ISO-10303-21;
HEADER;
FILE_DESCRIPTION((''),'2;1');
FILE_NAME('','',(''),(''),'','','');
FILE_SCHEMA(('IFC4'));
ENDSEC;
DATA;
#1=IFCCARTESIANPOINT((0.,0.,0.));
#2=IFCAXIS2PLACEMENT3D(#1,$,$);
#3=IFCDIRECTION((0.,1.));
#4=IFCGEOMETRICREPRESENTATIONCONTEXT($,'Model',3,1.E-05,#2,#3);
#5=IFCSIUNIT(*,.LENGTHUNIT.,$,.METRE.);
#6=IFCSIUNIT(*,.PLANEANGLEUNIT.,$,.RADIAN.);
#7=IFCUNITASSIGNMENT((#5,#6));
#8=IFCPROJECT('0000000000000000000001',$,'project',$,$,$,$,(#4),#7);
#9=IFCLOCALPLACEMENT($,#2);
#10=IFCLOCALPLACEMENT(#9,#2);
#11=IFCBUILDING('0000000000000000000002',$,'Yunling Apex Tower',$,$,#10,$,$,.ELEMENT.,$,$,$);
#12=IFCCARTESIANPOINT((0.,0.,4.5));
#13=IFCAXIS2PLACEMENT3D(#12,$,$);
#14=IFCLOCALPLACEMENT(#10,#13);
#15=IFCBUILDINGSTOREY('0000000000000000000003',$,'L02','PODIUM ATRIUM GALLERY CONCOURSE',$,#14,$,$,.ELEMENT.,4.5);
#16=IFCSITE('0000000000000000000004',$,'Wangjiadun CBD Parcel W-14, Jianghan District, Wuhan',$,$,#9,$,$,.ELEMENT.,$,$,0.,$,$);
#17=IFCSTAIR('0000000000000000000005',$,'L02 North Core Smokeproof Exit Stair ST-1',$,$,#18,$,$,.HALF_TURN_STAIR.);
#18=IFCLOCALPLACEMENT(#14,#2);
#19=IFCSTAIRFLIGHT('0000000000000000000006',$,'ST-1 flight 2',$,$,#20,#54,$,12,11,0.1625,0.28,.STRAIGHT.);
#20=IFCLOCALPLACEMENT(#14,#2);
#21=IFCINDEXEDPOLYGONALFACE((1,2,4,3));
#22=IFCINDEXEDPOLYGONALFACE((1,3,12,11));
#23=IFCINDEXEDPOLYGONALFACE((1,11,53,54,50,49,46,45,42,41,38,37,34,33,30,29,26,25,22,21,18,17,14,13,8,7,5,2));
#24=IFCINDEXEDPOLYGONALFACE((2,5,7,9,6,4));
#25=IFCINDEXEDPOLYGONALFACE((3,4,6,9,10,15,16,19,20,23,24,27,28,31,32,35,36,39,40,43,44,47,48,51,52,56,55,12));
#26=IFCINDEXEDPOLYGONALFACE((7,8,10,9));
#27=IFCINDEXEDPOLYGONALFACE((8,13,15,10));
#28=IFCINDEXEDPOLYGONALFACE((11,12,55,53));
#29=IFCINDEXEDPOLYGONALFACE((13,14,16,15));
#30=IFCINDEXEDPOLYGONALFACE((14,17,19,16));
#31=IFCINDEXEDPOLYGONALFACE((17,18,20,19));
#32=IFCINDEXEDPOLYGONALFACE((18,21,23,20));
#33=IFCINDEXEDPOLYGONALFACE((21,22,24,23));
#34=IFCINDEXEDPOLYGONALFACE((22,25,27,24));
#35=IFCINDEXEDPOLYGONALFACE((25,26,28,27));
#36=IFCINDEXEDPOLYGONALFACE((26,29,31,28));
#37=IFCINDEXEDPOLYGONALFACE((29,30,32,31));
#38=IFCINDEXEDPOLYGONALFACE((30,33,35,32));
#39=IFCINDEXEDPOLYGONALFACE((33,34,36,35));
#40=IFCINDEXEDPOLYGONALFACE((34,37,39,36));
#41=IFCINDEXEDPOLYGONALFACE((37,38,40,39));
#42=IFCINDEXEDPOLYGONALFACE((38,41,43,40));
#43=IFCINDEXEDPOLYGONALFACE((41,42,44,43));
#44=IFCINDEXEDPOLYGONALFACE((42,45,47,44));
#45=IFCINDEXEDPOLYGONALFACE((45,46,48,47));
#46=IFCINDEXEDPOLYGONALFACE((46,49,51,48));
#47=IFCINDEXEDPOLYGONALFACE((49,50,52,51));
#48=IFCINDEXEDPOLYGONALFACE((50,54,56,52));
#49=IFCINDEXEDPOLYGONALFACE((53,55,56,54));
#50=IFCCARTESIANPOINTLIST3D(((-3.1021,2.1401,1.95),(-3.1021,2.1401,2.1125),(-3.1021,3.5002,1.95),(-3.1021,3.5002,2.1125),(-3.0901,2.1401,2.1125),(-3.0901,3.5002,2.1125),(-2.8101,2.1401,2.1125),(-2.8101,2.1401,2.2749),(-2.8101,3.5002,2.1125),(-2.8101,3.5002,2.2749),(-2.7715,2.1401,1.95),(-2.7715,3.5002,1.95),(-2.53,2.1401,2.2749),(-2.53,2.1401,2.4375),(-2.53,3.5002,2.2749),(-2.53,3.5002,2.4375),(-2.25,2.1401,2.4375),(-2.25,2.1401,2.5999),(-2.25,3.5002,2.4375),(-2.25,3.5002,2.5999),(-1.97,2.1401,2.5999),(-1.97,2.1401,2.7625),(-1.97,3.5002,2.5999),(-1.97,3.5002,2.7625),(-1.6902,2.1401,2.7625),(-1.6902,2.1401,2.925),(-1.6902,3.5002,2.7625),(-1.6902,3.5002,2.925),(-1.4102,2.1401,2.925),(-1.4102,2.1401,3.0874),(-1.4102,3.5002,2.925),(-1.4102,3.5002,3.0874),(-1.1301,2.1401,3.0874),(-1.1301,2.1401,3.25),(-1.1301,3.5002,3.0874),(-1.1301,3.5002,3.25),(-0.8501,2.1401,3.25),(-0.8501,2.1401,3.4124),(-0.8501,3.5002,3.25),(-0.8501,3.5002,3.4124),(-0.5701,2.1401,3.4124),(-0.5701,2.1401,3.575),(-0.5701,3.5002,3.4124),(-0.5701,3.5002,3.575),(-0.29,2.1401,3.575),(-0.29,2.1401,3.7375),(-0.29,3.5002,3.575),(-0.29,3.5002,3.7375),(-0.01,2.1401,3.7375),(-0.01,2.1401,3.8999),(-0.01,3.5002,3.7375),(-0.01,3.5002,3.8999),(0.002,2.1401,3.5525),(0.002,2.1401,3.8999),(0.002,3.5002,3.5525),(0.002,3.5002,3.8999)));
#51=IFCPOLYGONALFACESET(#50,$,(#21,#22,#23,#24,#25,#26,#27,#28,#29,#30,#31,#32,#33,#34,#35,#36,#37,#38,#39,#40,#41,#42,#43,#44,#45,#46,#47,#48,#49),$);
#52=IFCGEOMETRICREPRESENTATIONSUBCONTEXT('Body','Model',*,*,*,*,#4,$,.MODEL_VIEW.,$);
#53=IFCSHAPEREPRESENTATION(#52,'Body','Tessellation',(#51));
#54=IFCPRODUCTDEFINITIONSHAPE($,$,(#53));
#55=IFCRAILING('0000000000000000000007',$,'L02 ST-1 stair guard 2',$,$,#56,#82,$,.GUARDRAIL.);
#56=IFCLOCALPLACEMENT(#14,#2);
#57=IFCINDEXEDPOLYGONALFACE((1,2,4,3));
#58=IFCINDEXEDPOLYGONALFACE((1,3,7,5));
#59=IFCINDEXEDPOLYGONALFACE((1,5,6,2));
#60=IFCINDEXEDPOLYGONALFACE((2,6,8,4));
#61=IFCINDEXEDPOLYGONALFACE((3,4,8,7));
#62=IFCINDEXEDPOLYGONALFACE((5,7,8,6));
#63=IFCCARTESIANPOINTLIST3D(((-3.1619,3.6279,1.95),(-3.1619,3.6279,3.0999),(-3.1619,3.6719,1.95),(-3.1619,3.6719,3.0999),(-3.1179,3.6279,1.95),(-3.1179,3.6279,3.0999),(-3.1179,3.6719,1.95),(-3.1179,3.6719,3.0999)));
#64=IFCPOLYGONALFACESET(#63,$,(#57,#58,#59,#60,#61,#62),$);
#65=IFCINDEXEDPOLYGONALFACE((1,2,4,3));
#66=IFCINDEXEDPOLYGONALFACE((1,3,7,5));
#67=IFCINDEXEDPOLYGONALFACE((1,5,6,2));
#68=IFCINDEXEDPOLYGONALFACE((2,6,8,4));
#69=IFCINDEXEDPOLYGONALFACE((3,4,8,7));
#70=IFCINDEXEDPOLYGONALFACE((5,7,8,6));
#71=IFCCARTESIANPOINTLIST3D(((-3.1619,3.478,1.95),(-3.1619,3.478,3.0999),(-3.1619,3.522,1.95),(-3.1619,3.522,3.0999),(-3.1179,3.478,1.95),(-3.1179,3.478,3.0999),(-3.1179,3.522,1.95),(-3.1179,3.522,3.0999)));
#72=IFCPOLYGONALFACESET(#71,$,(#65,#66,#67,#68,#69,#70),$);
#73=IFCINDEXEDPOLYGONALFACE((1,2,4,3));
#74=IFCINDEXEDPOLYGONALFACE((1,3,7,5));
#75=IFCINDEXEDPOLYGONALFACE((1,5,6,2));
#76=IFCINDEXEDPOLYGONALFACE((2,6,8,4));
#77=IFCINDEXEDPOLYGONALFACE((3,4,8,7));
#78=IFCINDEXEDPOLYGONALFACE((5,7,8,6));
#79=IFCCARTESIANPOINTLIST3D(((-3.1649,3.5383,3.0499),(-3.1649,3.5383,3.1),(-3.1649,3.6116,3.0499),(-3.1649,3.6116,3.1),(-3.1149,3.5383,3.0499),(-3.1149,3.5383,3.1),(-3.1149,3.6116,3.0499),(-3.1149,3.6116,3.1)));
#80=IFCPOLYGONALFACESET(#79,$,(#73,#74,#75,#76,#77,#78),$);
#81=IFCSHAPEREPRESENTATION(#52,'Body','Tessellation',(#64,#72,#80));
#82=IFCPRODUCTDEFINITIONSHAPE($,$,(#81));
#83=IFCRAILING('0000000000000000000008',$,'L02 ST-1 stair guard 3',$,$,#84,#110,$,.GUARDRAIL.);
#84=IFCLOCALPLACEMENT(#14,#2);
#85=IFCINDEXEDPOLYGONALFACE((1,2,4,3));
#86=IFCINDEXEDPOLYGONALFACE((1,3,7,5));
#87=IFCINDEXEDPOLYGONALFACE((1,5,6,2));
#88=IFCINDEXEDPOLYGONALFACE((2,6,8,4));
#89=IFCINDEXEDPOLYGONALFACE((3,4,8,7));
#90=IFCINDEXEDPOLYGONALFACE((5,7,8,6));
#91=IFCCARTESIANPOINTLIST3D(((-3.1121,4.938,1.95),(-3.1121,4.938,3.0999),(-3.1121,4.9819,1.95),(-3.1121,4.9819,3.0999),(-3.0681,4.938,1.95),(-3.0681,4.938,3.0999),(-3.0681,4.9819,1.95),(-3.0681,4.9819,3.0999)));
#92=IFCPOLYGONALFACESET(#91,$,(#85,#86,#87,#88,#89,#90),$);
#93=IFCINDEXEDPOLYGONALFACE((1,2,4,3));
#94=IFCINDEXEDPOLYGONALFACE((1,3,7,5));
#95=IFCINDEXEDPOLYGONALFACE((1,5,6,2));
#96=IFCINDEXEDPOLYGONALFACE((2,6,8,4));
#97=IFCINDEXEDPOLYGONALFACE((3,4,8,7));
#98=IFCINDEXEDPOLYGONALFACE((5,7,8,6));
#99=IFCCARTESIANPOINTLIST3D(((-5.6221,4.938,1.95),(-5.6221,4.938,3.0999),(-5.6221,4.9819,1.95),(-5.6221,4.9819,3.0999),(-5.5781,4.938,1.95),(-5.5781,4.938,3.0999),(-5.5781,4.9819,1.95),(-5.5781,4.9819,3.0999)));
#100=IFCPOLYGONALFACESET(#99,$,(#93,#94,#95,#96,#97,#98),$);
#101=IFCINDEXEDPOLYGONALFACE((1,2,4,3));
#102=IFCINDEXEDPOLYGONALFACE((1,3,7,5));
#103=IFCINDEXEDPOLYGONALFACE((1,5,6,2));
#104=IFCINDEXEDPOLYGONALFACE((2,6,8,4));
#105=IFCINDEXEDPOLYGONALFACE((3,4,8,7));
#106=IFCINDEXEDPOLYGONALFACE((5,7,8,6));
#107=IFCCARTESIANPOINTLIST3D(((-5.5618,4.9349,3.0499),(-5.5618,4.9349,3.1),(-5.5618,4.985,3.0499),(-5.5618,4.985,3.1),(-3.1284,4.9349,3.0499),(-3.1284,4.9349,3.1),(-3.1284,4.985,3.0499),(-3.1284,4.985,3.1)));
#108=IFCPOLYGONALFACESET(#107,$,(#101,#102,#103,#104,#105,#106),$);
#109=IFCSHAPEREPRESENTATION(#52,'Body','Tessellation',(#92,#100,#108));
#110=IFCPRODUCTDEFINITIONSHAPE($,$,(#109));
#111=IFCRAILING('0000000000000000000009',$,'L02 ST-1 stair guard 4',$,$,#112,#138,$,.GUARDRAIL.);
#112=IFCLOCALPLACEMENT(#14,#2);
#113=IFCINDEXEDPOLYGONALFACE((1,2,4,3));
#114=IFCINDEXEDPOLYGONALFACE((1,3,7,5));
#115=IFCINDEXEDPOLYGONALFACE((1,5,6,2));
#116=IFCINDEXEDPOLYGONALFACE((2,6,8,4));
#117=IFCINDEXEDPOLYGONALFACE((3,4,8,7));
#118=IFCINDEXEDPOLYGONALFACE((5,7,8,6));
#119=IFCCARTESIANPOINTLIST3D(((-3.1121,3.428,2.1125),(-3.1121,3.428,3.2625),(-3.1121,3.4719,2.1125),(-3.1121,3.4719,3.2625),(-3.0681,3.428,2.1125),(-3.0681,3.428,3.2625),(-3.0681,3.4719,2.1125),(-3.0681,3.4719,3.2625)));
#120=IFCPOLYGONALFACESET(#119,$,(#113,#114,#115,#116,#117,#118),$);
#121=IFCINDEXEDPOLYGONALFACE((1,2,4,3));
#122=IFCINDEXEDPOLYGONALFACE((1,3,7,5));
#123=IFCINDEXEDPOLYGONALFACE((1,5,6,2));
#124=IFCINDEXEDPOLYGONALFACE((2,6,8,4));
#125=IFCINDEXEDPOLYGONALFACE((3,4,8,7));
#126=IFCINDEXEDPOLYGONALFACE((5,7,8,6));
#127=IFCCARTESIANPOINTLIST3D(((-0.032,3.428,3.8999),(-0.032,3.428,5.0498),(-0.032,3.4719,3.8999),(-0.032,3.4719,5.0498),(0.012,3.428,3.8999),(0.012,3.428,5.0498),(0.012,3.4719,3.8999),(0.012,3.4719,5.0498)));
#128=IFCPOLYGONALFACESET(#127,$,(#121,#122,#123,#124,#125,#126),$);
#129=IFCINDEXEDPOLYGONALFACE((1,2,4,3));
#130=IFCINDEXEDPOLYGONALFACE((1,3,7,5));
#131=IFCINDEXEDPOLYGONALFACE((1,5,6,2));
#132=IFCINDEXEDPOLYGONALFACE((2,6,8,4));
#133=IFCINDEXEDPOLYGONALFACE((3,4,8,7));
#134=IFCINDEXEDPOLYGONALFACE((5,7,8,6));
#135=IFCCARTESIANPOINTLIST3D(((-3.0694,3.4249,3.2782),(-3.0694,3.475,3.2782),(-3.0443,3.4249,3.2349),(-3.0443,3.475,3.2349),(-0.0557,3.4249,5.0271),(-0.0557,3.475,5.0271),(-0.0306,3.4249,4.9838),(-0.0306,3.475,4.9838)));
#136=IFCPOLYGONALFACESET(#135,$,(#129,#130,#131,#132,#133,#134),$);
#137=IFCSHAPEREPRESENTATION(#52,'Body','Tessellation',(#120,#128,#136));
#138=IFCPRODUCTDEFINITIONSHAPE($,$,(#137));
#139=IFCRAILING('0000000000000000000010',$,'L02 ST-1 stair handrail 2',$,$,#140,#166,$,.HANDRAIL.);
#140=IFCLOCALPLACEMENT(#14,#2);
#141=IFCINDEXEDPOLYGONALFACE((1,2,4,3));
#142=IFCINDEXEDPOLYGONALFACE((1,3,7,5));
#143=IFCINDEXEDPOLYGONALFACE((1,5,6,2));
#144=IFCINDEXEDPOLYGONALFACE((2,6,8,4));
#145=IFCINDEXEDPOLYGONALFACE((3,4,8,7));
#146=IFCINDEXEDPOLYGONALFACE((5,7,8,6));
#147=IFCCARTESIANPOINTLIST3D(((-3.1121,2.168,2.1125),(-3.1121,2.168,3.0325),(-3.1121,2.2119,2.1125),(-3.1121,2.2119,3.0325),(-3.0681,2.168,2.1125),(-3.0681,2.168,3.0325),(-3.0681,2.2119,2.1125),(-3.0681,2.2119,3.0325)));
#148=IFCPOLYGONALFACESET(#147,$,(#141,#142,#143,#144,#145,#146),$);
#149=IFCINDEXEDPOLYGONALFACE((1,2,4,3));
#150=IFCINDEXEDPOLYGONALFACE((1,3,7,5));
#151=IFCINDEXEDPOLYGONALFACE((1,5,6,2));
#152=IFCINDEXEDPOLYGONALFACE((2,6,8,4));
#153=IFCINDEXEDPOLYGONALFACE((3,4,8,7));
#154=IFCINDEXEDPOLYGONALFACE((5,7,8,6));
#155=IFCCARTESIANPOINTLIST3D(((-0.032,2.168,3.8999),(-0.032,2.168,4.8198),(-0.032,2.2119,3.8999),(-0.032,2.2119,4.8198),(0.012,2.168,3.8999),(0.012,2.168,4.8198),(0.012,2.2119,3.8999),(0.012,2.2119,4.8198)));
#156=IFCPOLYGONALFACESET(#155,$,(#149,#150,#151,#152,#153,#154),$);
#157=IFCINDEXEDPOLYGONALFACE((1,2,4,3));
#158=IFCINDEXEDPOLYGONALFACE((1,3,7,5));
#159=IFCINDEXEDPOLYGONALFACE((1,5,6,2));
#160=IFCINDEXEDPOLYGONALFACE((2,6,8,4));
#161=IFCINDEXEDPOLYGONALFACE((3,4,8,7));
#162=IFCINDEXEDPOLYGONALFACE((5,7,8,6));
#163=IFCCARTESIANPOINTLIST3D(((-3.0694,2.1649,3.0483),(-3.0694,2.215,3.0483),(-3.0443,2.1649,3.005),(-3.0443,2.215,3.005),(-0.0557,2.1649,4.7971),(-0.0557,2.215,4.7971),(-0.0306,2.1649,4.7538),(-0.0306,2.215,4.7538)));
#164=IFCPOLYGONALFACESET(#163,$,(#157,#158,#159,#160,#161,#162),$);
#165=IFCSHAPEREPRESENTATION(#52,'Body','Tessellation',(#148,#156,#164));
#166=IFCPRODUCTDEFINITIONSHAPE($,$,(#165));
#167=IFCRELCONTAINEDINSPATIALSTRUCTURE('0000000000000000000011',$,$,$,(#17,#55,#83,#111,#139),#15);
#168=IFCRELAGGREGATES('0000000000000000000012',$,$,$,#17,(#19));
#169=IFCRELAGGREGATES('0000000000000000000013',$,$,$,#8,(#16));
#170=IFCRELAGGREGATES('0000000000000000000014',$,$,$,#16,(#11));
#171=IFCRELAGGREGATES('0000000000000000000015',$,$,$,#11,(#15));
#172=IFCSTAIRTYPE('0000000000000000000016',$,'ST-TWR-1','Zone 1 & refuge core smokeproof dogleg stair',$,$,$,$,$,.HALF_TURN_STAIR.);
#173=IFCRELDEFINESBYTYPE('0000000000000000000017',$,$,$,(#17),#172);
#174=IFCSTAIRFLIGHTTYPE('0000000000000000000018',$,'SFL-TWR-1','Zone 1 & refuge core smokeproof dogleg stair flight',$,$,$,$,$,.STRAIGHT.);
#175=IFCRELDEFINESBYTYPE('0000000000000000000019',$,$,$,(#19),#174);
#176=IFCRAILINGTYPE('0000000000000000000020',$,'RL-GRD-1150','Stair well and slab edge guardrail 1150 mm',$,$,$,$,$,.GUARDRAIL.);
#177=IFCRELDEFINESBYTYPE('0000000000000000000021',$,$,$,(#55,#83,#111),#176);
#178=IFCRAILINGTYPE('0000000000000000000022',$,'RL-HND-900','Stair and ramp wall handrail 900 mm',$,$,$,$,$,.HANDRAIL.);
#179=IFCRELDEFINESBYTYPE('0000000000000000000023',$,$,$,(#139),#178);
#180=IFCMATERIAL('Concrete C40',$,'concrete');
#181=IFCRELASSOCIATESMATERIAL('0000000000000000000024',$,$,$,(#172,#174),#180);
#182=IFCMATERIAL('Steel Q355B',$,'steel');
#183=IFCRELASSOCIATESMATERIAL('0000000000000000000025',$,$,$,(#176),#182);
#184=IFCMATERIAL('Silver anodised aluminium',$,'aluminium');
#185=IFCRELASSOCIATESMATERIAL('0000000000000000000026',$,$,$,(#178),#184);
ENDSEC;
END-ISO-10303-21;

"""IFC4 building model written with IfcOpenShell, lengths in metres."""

from ifc_helpers import new_model, si_unit, direction, frame, origin, origin_2d, place, context, subcontext, project, spatial, polyline, rectangle, outline, extrude, material, type_object, element, aggregate, save


model = new_model("IFC4")

# Units and contexts
model_context = context("Model", 3, precision=1e-05, world=origin(), true_north=direction((0.0, 1.0)))
body_context = subcontext(model_context, "Body", "Model", "MODEL_VIEW")
ifc_project = project(units=[si_unit("LENGTHUNIT", "METRE"), si_unit("PLANEANGLEUNIT", "RADIAN")], contexts=[model_context])

# Site, building, storey
site_placement = place(None, origin())
site = spatial("IfcSite", under=ifc_project, at=site_placement, Name="Wangjiadun CBD Parcel W-14, Jianghan District, Wuhan", CompositionType="ELEMENT", RefElevation=0.0)
building_placement = place(site_placement, origin())
building = spatial("IfcBuilding", under=site, at=building_placement, Name="Yunling Apex Tower", CompositionType="ELEMENT")
storey_placement = place(building_placement, frame((0.0, 0.0, 4.5)))
storey = spatial("IfcBuildingStorey", under=building, at=storey_placement, Name="L02", Description="PODIUM ATRIUM GALLERY CONCOURSE", CompositionType="ELEMENT", Elevation=4.5)

# Shared definitions
ifc_material_1 = material(Name="Steel Q355B", Category="steel")

# Shared definitions
ifc_material_2 = material(Name="Concrete C40", Category="concrete")

# Stair, stair flight
stair_type = type_object("IfcStairType", Name="ST-TWR-1", Description="Zone 1 & refuge core smokeproof dogleg stair", PredefinedType="HALF_TURN_STAIR", material=ifc_material_2)
stair_placement = place(storey_placement, origin())
stair = element("IfcStair", 1, at=stair_placement, inside=storey, type_object=stair_type, Name="L02 North Core Smokeproof Exit Stair ST-1", PredefinedType="HALF_TURN_STAIR")
stair_flight_type = type_object("IfcStairFlightType", Name="SFL-TWR-1", Description="Zone 1 & refuge core smokeproof dogleg stair flight", PredefinedType="STRAIGHT", material=ifc_material_2)
stair_flight_placement = place(storey_placement, frame((-3.0901, 2.8201, 1.95), z_axis=(0.0, 0.0, 1.0), x_axis=(1.0, 0.0, 0.0)))
stair_flight = element("IfcStairFlight", 2, at=stair_flight_placement, type_object=stair_flight_type, Name="ST-1 flight 2", NumberOfRisers=12, NumberOfTreads=11, PredefinedType="STRAIGHT", RiserHeight=0.1625, TreadLength=0.28, context=body_context, shape_type="SweptSolid", body=[
    extrude(outline(polyline([(-0.012, 0.0), (-0.012, 0.1626), (0.0, 0.1626), (0.28, 0.1626), (0.28, 0.325), (0.5601, 0.325), (0.5601, 0.4875), (0.8401, 0.4875), (0.8401, 0.6499), (1.1201, 0.6499), (1.1201, 0.8125), (1.3999, 0.8125), (1.3999, 0.9751), (1.6799, 0.9751), (1.6799, 1.1375), (1.96, 1.1375), (1.96, 1.3), (2.24, 1.3), (2.24, 1.4624), (2.52, 1.4624), (2.52, 1.625), (2.8, 1.625), (2.8, 1.7876), (3.0801, 1.7876), (3.0801, 1.95), (3.092, 1.95), (3.092, 1.6025), (0.3186, 0.0), (-0.012, 0.0)])), frame((0.0, 0.6802, 0.0), z_axis=(0.0, -1.0, 0.0), x_axis=(1.0, 0.0, 0.0)), (0.0, 0.0, 1.0), 1.3601),
])
aggregate(stair, [stair_flight])

# Railings
railing_type_1 = type_object("IfcRailingType", Name="RL-GRD-1150", Description="Stair well and slab edge guardrail 1150 mm", PredefinedType="GUARDRAIL", material=ifc_material_1)
railing_1_placement = place(storey_placement, frame((-3.1399, 3.6499, 1.95)))
element("IfcRailing", 3, at=railing_1_placement, inside=storey, type_object=railing_type_1, Name="L02 ST-1 stair guard 2", PredefinedType="GUARDRAIL", context=body_context, shape_type="SweptSolid", body=[
    extrude(rectangle(XDim=0.0439, YDim=0.0439, at=origin_2d()), origin(), (0.0, 0.0, 1.0), 1.1499),
    extrude(rectangle(XDim=0.0439, YDim=0.0439, at=origin_2d()), frame((0.0, -0.1499, 0.0)), (0.0, 0.0, 1.0), 1.1499),
    extrude(rectangle(XDim=0.05, YDim=0.05, at=origin_2d()), frame((0.0, -0.0383, 1.125), z_axis=(0.0, -1.0, 0.0), x_axis=(1.0, 0.0, 0.0)), (0.0, 0.0, 1.0), 0.0732),
])
railing_2_placement = place(storey_placement, frame((-3.0901, 4.96, 1.95)))
element("IfcRailing", 4, at=railing_2_placement, inside=storey, type_object=railing_type_1, Name="L02 ST-1 stair guard 3", PredefinedType="GUARDRAIL", context=body_context, shape_type="SweptSolid", body=[
    extrude(rectangle(XDim=0.0439, YDim=0.0439, at=origin_2d()), origin(), (0.0, 0.0, 1.0), 1.1499),
    extrude(rectangle(XDim=0.0439, YDim=0.0439, at=origin_2d()), frame((-2.51, 0.0, 0.0)), (0.0, 0.0, 1.0), 1.1499),
    extrude(rectangle(XDim=0.05, YDim=0.05, at=origin_2d()), frame((-0.0383, 0.0, 1.125), z_axis=(-1.0, 0.0, 0.0), x_axis=(0.0, -1.0, 0.0)), (0.0, 0.0, 1.0), 2.4333),
])
railing_3_placement = place(storey_placement, frame((-3.0901, 3.45, 2.1125)))
element("IfcRailing", 5, at=railing_3_placement, inside=storey, type_object=railing_type_1, Name="L02 ST-1 stair guard 4", PredefinedType="GUARDRAIL", context=body_context, shape_type="SweptSolid", body=[
    extrude(rectangle(XDim=0.0439, YDim=0.0439, at=origin_2d()), origin(), (0.0, 0.0, 1.0), 1.1499),
    extrude(rectangle(XDim=0.0439, YDim=0.0439, at=origin_2d()), frame((3.0801, 0.0, 1.7874)), (0.0, 0.0, 1.0), 1.1499),
    extrude(rectangle(XDim=0.05, YDim=0.05, at=origin_2d()), frame((0.0332, 0.0, 1.144), z_axis=(0.86492, 0.0, 0.501909), x_axis=(0.0, 1.0, 0.0)), (0.0, 0.0, 1.0), 3.4844),
])
ifc_material_3 = material(Name="Silver anodised aluminium", Category="aluminium")
railing_type_2 = type_object("IfcRailingType", Name="RL-HND-900", Description="Stair and ramp wall handrail 900 mm", PredefinedType="HANDRAIL", material=ifc_material_3)
railing_4_placement = place(storey_placement, frame((-3.0901, 2.1899, 2.1125)))
element("IfcRailing", 6, at=railing_4_placement, inside=storey, type_object=railing_type_2, Name="L02 ST-1 stair handrail 2", PredefinedType="HANDRAIL", context=body_context, shape_type="SweptSolid", body=[
    extrude(rectangle(XDim=0.0439, YDim=0.0439, at=origin_2d()), origin(), (0.0, 0.0, 1.0), 0.9199),
    extrude(rectangle(XDim=0.0439, YDim=0.0439, at=origin_2d()), frame((3.0801, 0.0, 1.7874)), (0.0, 0.0, 1.0), 0.9199),
    extrude(rectangle(XDim=0.05, YDim=0.05, at=origin_2d()), frame((0.0332, 0.0, 0.9141), z_axis=(0.86492, 0.0, 0.501909), x_axis=(0.0, 1.0, 0.0)), (0.0, 0.0, 1.0), 3.4844),
])

save(model, "model.ifc")
